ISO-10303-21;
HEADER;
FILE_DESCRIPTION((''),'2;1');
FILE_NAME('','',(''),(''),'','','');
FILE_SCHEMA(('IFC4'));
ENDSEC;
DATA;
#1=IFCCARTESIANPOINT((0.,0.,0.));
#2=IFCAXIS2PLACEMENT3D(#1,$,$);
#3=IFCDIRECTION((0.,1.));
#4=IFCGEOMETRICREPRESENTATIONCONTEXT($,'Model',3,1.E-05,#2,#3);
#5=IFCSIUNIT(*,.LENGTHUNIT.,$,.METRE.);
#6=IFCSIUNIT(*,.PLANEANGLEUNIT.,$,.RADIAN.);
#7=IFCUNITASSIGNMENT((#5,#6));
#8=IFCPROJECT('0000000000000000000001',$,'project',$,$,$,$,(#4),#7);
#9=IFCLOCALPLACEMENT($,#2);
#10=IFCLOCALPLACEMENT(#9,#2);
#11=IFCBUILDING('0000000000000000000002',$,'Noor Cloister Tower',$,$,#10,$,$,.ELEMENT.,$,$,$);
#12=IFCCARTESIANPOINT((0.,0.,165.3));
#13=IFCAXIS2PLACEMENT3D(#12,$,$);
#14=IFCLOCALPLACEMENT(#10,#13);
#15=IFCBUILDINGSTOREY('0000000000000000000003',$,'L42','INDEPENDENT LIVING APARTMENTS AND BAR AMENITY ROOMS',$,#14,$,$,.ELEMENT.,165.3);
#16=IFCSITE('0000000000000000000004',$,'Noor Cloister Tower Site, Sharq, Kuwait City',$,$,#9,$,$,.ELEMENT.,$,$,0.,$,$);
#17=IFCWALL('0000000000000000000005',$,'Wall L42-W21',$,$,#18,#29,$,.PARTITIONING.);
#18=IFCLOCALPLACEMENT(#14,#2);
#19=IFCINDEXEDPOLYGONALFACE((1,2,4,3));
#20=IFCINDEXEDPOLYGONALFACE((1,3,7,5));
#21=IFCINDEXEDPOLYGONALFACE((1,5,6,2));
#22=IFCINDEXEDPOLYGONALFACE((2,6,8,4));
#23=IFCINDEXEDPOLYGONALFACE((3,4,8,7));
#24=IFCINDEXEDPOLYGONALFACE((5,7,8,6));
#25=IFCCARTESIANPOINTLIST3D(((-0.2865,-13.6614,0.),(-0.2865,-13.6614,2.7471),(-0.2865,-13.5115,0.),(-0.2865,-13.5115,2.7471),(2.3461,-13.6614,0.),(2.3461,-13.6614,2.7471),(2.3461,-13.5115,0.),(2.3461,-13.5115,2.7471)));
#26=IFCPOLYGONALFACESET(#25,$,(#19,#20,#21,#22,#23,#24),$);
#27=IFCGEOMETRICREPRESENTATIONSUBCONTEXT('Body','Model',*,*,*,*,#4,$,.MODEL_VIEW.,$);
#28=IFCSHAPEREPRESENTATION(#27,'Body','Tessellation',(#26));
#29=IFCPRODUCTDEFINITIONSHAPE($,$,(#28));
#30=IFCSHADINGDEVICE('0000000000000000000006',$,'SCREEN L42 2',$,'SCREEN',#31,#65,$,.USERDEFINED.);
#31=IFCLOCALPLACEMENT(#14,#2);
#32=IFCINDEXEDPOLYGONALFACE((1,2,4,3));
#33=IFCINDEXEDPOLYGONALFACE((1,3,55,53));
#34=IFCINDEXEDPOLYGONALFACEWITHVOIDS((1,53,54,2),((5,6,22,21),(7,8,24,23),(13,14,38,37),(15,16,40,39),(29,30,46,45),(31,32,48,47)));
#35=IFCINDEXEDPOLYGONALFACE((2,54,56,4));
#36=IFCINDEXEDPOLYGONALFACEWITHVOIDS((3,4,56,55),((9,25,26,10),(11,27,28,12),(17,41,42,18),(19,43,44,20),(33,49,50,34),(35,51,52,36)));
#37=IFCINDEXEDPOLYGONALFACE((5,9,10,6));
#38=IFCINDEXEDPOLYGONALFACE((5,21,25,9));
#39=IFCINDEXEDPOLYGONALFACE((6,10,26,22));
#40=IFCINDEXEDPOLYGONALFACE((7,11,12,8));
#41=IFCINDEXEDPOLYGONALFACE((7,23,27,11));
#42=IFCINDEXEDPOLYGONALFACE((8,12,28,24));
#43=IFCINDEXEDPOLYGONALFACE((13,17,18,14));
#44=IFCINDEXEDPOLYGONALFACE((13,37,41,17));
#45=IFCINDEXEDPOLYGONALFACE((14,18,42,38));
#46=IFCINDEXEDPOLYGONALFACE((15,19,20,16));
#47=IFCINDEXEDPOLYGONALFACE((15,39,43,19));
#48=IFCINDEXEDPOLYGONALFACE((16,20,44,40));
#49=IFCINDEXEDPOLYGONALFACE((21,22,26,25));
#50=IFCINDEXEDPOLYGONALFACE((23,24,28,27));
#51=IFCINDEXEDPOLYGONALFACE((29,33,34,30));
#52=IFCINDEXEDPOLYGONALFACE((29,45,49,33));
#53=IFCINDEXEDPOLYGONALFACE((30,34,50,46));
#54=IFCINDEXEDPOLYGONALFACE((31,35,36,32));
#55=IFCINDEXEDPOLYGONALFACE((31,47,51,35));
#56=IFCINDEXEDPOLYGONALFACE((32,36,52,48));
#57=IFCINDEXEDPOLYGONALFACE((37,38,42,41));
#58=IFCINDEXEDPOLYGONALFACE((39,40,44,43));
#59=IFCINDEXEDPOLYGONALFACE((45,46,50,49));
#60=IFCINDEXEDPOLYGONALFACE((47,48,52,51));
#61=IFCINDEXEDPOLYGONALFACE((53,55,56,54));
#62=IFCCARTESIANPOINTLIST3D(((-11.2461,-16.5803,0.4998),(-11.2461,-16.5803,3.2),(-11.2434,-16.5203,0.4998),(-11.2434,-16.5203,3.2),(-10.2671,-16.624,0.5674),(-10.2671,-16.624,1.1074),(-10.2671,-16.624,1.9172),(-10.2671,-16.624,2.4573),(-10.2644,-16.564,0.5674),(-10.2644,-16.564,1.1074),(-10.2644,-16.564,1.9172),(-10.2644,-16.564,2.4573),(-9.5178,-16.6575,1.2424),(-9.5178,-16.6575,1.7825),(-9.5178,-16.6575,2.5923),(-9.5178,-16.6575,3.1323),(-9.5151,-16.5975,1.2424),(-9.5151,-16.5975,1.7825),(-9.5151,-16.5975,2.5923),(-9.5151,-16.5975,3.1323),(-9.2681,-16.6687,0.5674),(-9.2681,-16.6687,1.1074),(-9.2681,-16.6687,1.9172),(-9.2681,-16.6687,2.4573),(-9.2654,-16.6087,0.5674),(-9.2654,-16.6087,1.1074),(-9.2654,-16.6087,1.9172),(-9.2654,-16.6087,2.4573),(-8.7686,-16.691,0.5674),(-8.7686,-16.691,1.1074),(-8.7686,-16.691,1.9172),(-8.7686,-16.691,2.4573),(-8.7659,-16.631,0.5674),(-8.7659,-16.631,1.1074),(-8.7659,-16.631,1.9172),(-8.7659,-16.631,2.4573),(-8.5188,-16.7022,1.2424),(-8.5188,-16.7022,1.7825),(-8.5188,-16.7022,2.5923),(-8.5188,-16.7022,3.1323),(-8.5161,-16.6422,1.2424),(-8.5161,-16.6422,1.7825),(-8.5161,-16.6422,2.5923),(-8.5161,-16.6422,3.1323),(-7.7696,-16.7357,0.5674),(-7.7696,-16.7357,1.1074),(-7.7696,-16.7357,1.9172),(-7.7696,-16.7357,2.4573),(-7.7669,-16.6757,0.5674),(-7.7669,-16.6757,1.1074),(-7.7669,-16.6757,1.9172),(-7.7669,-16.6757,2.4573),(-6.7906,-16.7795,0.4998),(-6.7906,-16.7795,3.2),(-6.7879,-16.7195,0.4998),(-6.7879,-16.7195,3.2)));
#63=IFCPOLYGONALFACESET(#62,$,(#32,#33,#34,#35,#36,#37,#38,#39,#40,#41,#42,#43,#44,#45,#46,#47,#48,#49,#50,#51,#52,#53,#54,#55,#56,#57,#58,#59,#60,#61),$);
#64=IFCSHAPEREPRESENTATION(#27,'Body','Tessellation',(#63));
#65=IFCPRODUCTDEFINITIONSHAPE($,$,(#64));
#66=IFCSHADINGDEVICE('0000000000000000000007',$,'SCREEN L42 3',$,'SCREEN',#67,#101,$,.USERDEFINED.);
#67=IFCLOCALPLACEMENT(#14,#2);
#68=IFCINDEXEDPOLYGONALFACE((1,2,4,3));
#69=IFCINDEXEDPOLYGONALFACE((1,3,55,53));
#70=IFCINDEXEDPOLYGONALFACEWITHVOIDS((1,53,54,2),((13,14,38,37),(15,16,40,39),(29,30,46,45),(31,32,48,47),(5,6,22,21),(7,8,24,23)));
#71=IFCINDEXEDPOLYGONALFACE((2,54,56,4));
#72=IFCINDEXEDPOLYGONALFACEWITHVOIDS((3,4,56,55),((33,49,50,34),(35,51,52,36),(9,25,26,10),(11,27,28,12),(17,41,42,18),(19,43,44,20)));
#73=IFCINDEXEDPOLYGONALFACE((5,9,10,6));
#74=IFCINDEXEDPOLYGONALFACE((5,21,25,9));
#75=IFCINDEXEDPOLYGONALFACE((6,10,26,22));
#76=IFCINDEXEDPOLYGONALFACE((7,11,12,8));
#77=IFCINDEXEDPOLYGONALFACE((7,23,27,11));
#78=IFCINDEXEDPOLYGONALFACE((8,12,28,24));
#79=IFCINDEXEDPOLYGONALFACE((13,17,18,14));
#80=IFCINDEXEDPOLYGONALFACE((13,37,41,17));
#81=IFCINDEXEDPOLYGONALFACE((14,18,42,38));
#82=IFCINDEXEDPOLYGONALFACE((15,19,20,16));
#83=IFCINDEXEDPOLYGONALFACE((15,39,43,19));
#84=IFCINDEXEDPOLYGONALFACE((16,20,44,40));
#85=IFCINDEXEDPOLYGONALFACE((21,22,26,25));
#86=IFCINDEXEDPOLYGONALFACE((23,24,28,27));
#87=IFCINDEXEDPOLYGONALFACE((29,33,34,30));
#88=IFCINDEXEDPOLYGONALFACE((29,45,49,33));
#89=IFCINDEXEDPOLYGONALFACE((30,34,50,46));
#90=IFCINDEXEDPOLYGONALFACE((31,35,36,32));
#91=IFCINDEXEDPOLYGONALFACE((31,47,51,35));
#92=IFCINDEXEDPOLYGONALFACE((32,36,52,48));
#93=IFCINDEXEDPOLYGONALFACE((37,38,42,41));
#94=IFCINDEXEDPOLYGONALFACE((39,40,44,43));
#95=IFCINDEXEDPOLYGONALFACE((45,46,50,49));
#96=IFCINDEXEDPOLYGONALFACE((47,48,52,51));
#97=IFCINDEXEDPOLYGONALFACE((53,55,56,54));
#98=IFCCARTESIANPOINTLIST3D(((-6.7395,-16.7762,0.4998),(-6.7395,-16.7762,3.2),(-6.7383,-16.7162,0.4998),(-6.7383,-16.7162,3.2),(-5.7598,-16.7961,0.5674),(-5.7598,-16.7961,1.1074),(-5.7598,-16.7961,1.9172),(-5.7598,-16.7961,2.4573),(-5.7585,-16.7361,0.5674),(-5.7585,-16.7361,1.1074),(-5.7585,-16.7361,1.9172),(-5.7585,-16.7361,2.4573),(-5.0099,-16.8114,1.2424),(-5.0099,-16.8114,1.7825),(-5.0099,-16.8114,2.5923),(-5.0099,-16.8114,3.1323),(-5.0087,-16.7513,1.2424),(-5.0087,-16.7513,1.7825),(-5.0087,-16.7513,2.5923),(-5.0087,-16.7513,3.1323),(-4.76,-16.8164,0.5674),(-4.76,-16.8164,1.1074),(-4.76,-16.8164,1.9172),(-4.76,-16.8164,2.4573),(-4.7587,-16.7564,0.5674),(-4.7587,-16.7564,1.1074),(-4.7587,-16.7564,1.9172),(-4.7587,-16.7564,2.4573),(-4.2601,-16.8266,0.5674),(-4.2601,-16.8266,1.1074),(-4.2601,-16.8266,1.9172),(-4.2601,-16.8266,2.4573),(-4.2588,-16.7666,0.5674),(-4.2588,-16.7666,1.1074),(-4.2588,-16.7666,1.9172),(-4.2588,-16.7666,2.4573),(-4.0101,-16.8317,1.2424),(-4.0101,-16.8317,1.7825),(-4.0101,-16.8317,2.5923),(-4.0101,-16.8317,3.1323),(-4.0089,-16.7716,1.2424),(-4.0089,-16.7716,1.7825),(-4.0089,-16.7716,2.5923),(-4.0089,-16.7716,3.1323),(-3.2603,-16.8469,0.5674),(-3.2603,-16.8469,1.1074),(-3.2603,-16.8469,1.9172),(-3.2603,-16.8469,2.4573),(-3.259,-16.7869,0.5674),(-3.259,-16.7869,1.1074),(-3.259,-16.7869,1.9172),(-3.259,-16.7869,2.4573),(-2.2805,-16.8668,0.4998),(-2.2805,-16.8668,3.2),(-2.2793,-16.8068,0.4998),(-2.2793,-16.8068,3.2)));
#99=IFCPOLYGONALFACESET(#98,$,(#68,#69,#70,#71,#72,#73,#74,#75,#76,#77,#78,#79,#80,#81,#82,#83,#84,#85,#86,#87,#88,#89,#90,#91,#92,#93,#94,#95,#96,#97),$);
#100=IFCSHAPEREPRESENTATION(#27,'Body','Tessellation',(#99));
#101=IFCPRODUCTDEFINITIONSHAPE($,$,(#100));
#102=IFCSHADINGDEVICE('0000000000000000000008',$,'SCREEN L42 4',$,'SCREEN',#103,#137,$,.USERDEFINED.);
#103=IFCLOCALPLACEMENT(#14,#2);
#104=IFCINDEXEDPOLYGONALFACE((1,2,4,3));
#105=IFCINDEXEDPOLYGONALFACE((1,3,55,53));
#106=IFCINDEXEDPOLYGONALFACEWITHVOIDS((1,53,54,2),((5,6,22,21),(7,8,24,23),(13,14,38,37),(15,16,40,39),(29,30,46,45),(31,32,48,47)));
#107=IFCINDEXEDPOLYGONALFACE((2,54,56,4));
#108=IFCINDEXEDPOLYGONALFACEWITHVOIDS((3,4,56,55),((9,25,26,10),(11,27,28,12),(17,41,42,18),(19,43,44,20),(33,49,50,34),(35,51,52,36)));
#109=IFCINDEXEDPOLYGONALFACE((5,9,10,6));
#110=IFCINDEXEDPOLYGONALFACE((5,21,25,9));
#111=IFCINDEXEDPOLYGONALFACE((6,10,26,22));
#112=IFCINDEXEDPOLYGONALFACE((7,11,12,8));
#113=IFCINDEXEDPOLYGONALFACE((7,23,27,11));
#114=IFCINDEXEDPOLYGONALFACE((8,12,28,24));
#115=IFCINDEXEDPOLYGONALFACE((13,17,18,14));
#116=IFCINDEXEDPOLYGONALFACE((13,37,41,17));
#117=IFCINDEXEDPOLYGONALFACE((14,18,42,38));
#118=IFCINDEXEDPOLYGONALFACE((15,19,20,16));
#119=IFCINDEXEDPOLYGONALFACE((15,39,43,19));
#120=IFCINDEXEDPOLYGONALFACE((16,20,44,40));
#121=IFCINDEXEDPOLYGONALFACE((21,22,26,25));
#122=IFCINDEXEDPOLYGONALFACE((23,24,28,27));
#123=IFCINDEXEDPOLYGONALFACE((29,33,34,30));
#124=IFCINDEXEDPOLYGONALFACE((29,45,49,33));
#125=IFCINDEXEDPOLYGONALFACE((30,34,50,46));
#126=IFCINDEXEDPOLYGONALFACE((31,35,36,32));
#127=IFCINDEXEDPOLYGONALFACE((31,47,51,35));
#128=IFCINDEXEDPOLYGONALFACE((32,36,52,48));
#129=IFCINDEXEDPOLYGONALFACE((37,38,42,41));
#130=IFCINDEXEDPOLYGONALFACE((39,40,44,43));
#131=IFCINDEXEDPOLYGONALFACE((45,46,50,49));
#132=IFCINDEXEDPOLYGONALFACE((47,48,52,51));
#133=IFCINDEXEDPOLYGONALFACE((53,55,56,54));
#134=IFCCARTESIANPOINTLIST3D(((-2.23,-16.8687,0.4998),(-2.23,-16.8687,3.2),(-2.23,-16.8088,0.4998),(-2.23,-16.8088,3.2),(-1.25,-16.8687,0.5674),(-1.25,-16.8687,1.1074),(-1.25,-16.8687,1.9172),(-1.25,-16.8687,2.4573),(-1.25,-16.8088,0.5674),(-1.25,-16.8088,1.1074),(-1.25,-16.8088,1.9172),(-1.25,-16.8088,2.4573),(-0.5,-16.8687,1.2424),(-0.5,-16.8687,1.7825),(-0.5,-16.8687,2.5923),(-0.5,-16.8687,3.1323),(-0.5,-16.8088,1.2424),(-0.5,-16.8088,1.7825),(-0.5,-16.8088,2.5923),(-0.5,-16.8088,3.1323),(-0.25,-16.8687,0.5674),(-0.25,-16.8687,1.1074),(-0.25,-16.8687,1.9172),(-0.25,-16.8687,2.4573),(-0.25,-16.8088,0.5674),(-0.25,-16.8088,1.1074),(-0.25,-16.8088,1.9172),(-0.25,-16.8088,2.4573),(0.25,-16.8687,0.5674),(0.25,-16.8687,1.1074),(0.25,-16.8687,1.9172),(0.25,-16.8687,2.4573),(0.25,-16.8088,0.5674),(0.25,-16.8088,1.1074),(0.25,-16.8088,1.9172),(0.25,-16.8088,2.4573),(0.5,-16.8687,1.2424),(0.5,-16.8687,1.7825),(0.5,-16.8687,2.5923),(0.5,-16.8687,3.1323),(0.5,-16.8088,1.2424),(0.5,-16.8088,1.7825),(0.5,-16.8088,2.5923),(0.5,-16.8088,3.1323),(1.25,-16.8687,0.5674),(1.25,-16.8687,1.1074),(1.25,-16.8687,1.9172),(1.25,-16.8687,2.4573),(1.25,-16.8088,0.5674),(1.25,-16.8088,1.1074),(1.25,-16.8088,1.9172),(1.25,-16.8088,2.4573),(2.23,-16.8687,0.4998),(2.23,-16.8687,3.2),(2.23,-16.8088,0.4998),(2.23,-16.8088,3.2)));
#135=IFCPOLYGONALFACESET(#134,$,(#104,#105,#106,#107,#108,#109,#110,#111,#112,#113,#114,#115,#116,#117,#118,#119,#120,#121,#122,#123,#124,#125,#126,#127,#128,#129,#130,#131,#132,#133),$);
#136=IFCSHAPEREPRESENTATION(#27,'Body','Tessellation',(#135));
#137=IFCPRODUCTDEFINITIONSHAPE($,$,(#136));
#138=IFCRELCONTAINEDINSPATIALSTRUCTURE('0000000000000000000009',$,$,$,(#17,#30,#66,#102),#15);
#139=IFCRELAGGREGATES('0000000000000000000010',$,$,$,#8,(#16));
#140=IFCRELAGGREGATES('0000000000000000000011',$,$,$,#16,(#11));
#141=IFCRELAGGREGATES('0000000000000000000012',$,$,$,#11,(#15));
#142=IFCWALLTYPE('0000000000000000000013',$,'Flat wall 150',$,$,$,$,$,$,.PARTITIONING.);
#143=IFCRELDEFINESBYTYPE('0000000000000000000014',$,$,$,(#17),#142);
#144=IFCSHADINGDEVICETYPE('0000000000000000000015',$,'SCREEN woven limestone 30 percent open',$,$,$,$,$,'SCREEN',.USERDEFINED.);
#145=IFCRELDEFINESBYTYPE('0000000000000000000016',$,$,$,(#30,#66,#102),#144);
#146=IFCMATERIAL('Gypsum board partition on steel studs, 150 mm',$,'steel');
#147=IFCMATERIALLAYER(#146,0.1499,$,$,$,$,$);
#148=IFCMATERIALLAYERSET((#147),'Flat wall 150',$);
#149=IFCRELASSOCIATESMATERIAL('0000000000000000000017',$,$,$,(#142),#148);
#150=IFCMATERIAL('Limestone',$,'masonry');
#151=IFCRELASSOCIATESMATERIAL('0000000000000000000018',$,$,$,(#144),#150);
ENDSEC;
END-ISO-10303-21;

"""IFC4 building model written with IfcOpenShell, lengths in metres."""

from ifc_helpers import new_model, si_unit, direction, frame, frame_2d, origin, place, context, subcontext, project, spatial, polyline, rectangle, outline, extrude, material, layer, layer_set, material_profile, profile_set, type_object, element, save


model = new_model("IFC4")

# Units and contexts
model_context = context("Model", 3, precision=1e-05, world=origin(), true_north=direction((0.0, 1.0)))
body_context = subcontext(model_context, "Body", "Model", "MODEL_VIEW")
ifc_project = project(units=[si_unit("LENGTHUNIT", "METRE"), si_unit("PLANEANGLEUNIT", "RADIAN")], contexts=[model_context])

# Site, building, storey
site_placement = place(None, origin())
site = spatial("IfcSite", under=ifc_project, at=site_placement, Name="Noor Cloister Tower Site, Sharq, Kuwait City", CompositionType="ELEMENT", RefElevation=0.0)
building_placement = place(site_placement, origin())
building = spatial("IfcBuilding", under=site, at=building_placement, Name="Noor Cloister Tower", CompositionType="ELEMENT")
storey_placement = place(building_placement, frame((0.0, 0.0, 165.3)))
storey = spatial("IfcBuildingStorey", under=building, at=storey_placement, Name="L42", Description="INDEPENDENT LIVING APARTMENTS AND BAR AMENITY ROOMS", CompositionType="ELEMENT", Elevation=165.3)

# Wall
ifc_material_1 = material(Name="Gypsum board partition on steel studs, 150 mm", Category="steel")
ifc_layer_1 = layer(ifc_material_1, 0.1499)
ifc_layer_set_1 = layer_set([ifc_layer_1], Name="Flat wall 150")
wall_type = type_object("IfcWallType", Name="Flat wall 150", PredefinedType="PARTITIONING", material=ifc_layer_set_1)
wall_placement = place(storey_placement, frame((-0.2866, -13.5864, 0.0), z_axis=(0.0, 0.0, 1.0), x_axis=(1.0, 0.0, 0.0)))
element("IfcWall", 1, at=wall_placement, inside=storey, type_object=wall_type, Name="Wall L42-W21", PredefinedType="PARTITIONING", context=body_context, shape_type="SweptSolid", body=[
    extrude(rectangle(XDim=2.6326, YDim=0.1499, at=frame_2d((1.3164, 0.0))), origin(), (0.0, 0.0, 1.0), 2.7471),
])

# Shading devices
ifc_material_2 = material(Name="Limestone", Category="masonry")
ifc_material_profile_1 = material_profile(ifc_material_2, outline(polyline([(-2.23, -1.3501), (2.23, -1.3501), (2.23, 1.3501), (-2.23, 1.3501), (-2.23, -1.3501)]), holes=[polyline([(-1.25, -1.2825), (-0.25, -1.2825), (-0.25, -0.7424), (-1.25, -0.7424), (-1.25, -1.2825)]), polyline([(0.25, -1.2825), (1.25, -1.2825), (1.25, -0.7424), (0.25, -0.7424), (0.25, -1.2825)]), polyline([(-0.5, -0.6074), (0.5, -0.6074), (0.5, -0.0674), (-0.5, -0.0674), (-0.5, -0.6074)]), polyline([(-1.25, 0.0674), (-0.25, 0.0674), (-0.25, 0.6074), (-1.25, 0.6074), (-1.25, 0.0674)]), polyline([(0.25, 0.0674), (1.25, 0.0674), (1.25, 0.6074), (0.25, 0.6074), (0.25, 0.0674)]), polyline([(-0.5, 0.7424), (0.5, 0.7424), (0.5, 1.2825), (-0.5, 1.2825), (-0.5, 0.7424)])]), Name="Woven screen 30 percent open")
ifc_profile_set_1 = profile_set([ifc_material_profile_1], Name="Limestone")
shading_device_type = type_object("IfcShadingDeviceType", Name="SCREEN woven limestone 30 percent open", ElementType="SCREEN", PredefinedType="USERDEFINED", material=ifc_profile_set_1)
for number, where, z_axis, x_axis, name in (
    (2, (-9.0156, -16.6199, 1.8499), (-0.044671, -0.999002, 0.0), (0.999002, -0.044671, 0.0), "SCREEN L42 2"),
    (3, (-4.5088, -16.7615, 1.8499), (-0.020321, -0.999794, 0.0), (0.999794, -0.020321, 0.0), "SCREEN L42 3"),
):
    element("IfcShadingDevice", number, at=place(storey_placement, frame(where, z_axis=z_axis, x_axis=x_axis)), inside=storey, type_object=shading_device_type, Name=name, ObjectType="SCREEN", PredefinedType="USERDEFINED", context=body_context, shape_type="SweptSolid", body=[
        extrude(outline(polyline([(-2.23, -1.3501), (2.23, -1.3501), (2.23, 1.3501), (-2.23, 1.3501), (-2.23, -1.3501)]), holes=[polyline([(-1.25, -1.2825), (-0.25, -1.2825), (-0.25, -0.7424), (-1.25, -0.7424), (-1.25, -1.2825)]), polyline([(0.25, -1.2825), (1.25, -1.2825), (1.25, -0.7424), (0.25, -0.7424), (0.25, -1.2825)]), polyline([(-0.5, -0.6074), (0.5, -0.6074), (0.5, -0.0674), (-0.5, -0.0674), (-0.5, -0.6074)]), polyline([(-1.25, 0.0674), (-0.25, 0.0674), (-0.25, 0.6074), (-1.25, 0.6074), (-1.25, 0.0674)]), polyline([(0.25, 0.0674), (1.25, 0.0674), (1.25, 0.6074), (0.25, 0.6074), (0.25, 0.0674)]), polyline([(-0.5, 0.7424), (0.5, 0.7424), (0.5, 1.2825), (-0.5, 1.2825), (-0.5, 0.7424)])]), origin(), (0.0, 0.0, 1.0), 0.0601),
    ])
shading_device_placement = place(storey_placement, frame((0.0, -16.8088, 1.8499), z_axis=(0.0, -1.0, 0.0), x_axis=(1.0, 0.0, 0.0)))
element("IfcShadingDevice", 4, at=shading_device_placement, inside=storey, type_object=shading_device_type, Name="SCREEN L42 4", ObjectType="SCREEN", PredefinedType="USERDEFINED", context=body_context, shape_type="SweptSolid", body=[
    extrude(outline(polyline([(-2.23, -1.3501), (2.23, -1.3501), (2.23, 1.3501), (-2.23, 1.3501), (-2.23, -1.3501)]), holes=[polyline([(-1.25, -1.2825), (-0.25, -1.2825), (-0.25, -0.7424), (-1.25, -0.7424), (-1.25, -1.2825)]), polyline([(0.25, -1.2825), (1.25, -1.2825), (1.25, -0.7424), (0.25, -0.7424), (0.25, -1.2825)]), polyline([(-0.5, -0.6074), (0.5, -0.6074), (0.5, -0.0674), (-0.5, -0.0674), (-0.5, -0.6074)]), polyline([(-1.25, 0.0674), (-0.25, 0.0674), (-0.25, 0.6074), (-1.25, 0.6074), (-1.25, 0.0674)]), polyline([(0.25, 0.0674), (1.25, 0.0674), (1.25, 0.6074), (0.25, 0.6074), (0.25, 0.0674)]), polyline([(-0.5, 0.7424), (0.5, 0.7424), (0.5, 1.2825), (-0.5, 1.2825), (-0.5, 0.7424)])]), origin(), (0.0, 0.0, 1.0), 0.0598),
])

save(model, "model.ifc")
